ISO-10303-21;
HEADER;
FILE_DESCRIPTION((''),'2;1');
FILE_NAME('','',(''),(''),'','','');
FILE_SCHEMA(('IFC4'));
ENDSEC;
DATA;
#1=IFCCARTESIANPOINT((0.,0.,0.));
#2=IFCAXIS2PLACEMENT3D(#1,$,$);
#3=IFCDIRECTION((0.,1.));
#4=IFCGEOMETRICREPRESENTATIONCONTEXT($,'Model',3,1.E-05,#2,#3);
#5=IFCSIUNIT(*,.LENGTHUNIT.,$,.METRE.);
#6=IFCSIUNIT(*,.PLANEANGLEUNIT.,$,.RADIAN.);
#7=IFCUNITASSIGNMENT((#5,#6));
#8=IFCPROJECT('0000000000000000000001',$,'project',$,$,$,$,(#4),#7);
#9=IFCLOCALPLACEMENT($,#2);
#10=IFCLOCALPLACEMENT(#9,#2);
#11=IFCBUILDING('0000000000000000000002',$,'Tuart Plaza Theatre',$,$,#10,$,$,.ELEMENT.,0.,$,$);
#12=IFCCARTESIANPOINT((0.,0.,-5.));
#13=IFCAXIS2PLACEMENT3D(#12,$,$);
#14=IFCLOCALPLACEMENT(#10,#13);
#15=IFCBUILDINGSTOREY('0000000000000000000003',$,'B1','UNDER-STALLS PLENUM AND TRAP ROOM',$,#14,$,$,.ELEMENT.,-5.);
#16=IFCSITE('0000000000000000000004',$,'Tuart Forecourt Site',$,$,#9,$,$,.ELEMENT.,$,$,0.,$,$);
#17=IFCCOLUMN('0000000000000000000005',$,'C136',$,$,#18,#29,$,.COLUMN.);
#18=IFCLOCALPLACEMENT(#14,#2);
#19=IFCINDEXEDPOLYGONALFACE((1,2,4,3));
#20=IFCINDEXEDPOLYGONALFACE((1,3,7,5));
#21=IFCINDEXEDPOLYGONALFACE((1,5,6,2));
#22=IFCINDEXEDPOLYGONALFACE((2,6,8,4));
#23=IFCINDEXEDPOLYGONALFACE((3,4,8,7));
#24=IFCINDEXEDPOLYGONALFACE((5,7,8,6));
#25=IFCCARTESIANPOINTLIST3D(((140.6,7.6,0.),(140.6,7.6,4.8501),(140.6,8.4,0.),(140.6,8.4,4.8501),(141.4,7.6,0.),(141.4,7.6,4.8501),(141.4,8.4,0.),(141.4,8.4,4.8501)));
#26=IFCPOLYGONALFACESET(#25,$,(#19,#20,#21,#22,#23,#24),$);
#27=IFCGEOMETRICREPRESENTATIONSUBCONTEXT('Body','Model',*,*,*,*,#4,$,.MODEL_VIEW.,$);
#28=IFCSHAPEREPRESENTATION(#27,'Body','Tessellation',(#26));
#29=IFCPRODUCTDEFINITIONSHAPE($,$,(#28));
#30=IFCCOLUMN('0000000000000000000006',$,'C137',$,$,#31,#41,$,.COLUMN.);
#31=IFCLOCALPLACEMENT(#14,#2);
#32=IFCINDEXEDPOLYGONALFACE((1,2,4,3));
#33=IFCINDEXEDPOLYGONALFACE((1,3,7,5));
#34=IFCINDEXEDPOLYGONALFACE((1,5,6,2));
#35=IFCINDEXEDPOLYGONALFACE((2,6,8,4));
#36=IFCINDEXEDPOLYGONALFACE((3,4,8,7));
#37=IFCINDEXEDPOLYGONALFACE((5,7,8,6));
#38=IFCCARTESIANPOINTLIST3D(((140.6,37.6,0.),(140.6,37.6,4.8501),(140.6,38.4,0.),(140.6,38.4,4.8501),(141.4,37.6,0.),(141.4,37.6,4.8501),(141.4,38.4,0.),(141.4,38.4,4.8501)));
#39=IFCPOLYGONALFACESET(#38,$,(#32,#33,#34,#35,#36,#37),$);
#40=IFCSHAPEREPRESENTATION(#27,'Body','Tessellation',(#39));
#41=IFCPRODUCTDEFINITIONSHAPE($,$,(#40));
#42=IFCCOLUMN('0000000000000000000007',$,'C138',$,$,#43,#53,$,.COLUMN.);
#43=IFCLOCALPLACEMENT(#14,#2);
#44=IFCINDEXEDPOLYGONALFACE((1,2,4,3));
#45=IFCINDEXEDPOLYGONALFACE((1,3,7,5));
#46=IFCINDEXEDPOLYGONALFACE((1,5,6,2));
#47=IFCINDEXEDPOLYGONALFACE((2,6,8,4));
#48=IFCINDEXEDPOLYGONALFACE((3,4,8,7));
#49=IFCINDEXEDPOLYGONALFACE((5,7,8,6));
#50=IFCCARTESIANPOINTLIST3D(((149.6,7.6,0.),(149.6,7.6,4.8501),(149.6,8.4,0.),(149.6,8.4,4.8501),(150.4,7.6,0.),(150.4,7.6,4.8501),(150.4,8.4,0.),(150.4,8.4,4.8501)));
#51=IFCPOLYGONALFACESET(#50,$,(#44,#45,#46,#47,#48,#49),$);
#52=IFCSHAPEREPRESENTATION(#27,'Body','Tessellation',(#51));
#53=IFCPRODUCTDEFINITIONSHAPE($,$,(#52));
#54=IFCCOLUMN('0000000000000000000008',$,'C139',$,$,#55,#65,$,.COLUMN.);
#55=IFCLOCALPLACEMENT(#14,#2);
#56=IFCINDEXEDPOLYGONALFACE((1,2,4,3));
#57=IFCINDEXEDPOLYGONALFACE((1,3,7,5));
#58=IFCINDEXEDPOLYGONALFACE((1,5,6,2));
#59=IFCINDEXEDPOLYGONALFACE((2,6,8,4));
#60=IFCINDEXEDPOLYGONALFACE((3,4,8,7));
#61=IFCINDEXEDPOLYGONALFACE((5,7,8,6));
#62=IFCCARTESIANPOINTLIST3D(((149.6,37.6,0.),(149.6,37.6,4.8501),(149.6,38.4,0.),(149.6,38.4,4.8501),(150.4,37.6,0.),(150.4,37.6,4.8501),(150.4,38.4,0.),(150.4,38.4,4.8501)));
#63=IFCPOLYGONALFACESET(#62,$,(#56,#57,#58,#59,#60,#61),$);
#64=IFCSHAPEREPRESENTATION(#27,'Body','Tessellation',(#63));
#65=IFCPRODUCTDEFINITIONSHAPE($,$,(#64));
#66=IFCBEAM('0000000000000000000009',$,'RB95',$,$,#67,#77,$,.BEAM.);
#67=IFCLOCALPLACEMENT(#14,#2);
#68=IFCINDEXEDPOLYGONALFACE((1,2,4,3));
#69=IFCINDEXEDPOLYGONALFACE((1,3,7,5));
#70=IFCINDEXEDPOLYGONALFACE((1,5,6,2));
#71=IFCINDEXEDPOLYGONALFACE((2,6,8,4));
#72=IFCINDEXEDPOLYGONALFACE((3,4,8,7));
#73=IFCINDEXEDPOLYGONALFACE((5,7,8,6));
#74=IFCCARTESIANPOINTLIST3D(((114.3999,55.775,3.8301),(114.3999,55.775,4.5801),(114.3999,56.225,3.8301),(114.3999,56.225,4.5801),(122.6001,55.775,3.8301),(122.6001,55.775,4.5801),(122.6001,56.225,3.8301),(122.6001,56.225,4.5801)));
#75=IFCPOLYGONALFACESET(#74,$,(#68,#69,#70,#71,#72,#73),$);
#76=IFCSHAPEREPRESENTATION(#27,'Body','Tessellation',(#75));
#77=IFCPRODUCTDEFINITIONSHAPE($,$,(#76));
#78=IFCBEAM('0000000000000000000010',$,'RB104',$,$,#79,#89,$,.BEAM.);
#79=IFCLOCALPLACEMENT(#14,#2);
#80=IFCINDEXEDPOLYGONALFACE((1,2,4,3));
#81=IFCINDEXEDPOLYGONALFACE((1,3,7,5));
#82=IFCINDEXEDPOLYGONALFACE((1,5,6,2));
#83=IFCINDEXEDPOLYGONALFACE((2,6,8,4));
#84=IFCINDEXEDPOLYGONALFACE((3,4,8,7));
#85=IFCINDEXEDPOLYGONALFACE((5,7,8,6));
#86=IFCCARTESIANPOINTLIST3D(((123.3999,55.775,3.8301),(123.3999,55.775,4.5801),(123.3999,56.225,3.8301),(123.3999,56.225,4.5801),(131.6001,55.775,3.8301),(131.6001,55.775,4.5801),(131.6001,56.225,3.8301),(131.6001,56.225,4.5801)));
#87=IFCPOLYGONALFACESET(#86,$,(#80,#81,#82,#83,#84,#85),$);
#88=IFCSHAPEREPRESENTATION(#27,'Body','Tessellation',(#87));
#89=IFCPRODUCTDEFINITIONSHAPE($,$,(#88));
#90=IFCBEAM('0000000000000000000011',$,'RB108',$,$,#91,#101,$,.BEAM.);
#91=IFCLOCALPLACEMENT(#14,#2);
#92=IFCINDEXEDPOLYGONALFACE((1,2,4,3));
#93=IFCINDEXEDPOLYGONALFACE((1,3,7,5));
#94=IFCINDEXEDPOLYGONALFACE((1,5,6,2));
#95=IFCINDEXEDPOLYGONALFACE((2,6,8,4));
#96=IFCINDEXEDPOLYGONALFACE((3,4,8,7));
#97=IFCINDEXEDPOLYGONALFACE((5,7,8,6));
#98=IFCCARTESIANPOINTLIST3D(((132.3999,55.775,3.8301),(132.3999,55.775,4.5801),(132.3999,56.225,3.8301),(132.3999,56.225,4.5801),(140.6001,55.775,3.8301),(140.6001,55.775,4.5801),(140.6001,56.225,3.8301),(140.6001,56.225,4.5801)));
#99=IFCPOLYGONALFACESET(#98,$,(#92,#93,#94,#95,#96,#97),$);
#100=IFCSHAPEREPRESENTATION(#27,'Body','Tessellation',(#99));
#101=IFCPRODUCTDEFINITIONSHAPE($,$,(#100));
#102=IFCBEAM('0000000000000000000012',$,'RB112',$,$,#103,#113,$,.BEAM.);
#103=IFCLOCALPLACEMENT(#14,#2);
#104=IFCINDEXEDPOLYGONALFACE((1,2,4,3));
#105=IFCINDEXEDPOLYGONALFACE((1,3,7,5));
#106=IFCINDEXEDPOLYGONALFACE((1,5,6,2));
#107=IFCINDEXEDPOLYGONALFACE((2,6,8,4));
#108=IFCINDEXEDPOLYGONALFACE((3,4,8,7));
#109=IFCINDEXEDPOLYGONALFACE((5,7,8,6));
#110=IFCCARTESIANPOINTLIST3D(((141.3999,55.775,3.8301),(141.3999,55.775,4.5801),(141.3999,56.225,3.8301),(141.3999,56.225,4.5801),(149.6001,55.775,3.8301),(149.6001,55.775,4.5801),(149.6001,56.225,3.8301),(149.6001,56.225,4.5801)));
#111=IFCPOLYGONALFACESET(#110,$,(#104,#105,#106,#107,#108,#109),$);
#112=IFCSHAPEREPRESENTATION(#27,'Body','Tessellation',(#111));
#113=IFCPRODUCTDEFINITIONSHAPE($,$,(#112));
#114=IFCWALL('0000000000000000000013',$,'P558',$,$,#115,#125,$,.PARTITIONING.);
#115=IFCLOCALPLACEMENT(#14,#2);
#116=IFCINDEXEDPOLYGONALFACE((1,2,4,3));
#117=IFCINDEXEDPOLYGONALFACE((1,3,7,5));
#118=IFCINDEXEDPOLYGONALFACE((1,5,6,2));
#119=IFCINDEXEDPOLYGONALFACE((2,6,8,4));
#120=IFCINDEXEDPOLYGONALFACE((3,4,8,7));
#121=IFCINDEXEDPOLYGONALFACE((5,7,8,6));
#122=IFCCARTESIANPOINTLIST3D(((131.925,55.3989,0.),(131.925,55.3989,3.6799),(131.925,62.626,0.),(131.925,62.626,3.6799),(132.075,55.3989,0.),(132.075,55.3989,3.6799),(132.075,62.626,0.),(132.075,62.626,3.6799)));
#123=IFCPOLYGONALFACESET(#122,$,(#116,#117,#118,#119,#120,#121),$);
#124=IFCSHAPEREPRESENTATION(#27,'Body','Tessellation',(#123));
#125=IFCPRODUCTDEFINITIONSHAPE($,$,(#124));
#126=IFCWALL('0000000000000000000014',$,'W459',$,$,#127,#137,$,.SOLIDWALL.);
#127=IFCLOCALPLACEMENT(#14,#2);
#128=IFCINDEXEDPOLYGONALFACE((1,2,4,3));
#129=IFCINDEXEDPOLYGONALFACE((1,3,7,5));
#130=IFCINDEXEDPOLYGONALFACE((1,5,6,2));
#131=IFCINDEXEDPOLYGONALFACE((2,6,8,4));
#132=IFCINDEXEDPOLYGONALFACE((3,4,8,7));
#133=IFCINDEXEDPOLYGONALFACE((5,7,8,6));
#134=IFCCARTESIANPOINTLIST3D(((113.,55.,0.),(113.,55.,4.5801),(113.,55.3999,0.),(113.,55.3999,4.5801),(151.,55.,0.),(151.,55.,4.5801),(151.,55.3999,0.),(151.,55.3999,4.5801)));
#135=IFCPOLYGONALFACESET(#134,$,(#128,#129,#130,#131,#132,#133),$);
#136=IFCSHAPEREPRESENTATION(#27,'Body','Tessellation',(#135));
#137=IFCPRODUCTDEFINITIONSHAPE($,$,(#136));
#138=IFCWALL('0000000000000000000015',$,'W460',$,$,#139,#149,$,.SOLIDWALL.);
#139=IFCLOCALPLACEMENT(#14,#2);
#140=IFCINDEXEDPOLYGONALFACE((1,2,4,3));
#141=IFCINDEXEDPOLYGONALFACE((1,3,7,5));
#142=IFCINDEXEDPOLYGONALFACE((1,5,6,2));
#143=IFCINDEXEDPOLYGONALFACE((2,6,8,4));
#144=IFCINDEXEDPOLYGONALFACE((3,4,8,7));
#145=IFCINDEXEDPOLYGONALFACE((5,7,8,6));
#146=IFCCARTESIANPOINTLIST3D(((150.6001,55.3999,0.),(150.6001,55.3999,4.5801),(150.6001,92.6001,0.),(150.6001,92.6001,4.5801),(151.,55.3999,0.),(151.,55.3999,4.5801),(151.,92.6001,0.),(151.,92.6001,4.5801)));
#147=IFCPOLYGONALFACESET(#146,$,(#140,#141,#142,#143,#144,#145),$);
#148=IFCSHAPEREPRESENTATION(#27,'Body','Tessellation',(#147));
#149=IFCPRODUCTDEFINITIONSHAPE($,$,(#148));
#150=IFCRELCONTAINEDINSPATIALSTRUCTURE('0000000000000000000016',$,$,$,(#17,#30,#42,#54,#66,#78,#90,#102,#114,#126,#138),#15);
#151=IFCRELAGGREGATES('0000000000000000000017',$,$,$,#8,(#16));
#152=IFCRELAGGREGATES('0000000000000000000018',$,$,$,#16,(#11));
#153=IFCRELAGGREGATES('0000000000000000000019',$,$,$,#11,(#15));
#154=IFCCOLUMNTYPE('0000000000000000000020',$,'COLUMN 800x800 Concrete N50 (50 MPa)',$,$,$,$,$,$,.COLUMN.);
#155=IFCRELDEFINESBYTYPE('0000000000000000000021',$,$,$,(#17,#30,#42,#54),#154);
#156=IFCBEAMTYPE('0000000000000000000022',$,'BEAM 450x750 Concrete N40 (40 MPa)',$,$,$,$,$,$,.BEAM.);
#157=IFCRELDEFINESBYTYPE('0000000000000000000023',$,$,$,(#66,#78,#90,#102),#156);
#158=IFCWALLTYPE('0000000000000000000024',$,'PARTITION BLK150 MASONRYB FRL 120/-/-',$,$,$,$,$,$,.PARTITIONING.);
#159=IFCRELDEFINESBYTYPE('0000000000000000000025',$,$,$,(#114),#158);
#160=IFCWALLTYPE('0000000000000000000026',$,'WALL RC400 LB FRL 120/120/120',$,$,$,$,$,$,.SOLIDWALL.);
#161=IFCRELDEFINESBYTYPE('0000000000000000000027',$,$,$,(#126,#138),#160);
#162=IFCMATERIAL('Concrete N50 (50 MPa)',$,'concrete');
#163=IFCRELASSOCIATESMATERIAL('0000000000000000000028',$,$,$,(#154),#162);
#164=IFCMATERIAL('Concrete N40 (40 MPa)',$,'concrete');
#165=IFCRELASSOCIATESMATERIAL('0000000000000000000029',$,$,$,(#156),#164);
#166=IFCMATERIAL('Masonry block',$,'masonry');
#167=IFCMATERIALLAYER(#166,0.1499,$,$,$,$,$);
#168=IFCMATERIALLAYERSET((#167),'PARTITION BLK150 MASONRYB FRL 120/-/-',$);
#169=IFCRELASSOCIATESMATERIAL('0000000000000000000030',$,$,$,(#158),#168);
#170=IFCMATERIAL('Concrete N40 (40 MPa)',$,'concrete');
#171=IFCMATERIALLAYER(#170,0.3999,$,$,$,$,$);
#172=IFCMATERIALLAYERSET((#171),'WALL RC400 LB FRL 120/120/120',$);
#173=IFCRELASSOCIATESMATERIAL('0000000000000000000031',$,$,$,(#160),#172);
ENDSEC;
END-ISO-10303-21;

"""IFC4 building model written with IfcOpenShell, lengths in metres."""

from ifc_helpers import new_model, si_unit, direction, frame, frame_2d, origin, origin_2d, place, context, subcontext, project, spatial, rectangle, extrude, material, layer, layer_set, material_profile, profile_set, type_object, element, save


model = new_model("IFC4")

# Units and contexts
model_context = context("Model", 3, precision=1e-05, world=origin(), true_north=direction((0.0, 1.0)))
body_context = subcontext(model_context, "Body", "Model", "MODEL_VIEW")
ifc_project = project(units=[si_unit("LENGTHUNIT", "METRE"), si_unit("PLANEANGLEUNIT", "RADIAN")], contexts=[model_context])

# Site, building, storey
site_placement = place(None, origin())
site = spatial("IfcSite", under=ifc_project, at=site_placement, Name="Tuart Forecourt Site", CompositionType="ELEMENT", RefElevation=0.0)
building_placement = place(site_placement, origin())
building = spatial("IfcBuilding", under=site, at=building_placement, Name="Tuart Plaza Theatre", CompositionType="ELEMENT", ElevationOfRefHeight=0.0)
storey_placement = place(building_placement, frame((0.0, 0.0, -5.0)))
storey = spatial("IfcBuildingStorey", under=building, at=storey_placement, Name="B1", Description="UNDER-STALLS PLENUM AND TRAP ROOM", CompositionType="ELEMENT", Elevation=-5.0)

# Columns
ifc_material_1 = material(Name="Concrete N50 (50 MPa)", Category="concrete")
ifc_material_profile_1 = material_profile(ifc_material_1, rectangle(XDim=0.8, YDim=0.8, at=origin_2d()), Name="COLUMN 800x800 Concrete N50 (50 MPa)")
ifc_profile_set_1 = profile_set([ifc_material_profile_1], Name="Concrete N50 (50 MPa)")
column_type = type_object("IfcColumnType", Name="COLUMN 800x800 Concrete N50 (50 MPa)", PredefinedType="COLUMN", material=ifc_profile_set_1)
for number, where, z_axis, x_axis, name in (
    (1, (141.0, 8.0, 0.0), (0.0, 0.0, 1.0), (1.0, 0.0, 0.0), "C136"),
    (2, (141.0, 38.0, 0.0), (0.0, 0.0, 1.0), (1.0, 0.0, 0.0), "C137"),
    (3, (150.0, 8.0, 0.0), (0.0, 0.0, 1.0), (1.0, 0.0, 0.0), "C138"),
    (4, (150.0, 38.0, 0.0), (0.0, 0.0, 1.0), (1.0, 0.0, 0.0), "C139"),
):
    element("IfcColumn", number, at=place(storey_placement, frame(where, z_axis=z_axis, x_axis=x_axis)), inside=storey, type_object=column_type, Name=name, PredefinedType="COLUMN", context=body_context, shape_type="SweptSolid", body=[
        extrude(rectangle(XDim=0.8, YDim=0.8, at=origin_2d()), origin(), (0.0, 0.0, 1.0), 4.8501),
    ])

# Beams
ifc_material_2 = material(Name="Concrete N40 (40 MPa)", Category="concrete")
ifc_material_profile_2 = material_profile(ifc_material_2, rectangle(XDim=0.45, YDim=0.75, at=origin_2d()), Name="BEAM 450x750 Concrete N40 (40 MPa)")
ifc_profile_set_2 = profile_set([ifc_material_profile_2], Name="Concrete N40 (40 MPa)")
beam_type = type_object("IfcBeamType", Name="BEAM 450x750 Concrete N40 (40 MPa)", PredefinedType="BEAM", material=ifc_profile_set_2)
for number, where, z_axis, x_axis, name in (
    (5, (114.3999, 56.0, 4.2051), (1.0, 0.0, 0.0), (0.0, 1.0, 0.0), "RB95"),
    (6, (123.3999, 56.0, 4.2051), (1.0, 0.0, 0.0), (0.0, 1.0, 0.0), "RB104"),
    (7, (132.3999, 56.0, 4.2051), (1.0, 0.0, 0.0), (0.0, 1.0, 0.0), "RB108"),
    (8, (141.3999, 56.0, 4.2051), (1.0, 0.0, 0.0), (0.0, 1.0, 0.0), "RB112"),
):
    element("IfcBeam", number, at=place(storey_placement, frame(where, z_axis=z_axis, x_axis=x_axis)), inside=storey, type_object=beam_type, Name=name, PredefinedType="BEAM", context=body_context, shape_type="SweptSolid", body=[
        extrude(rectangle(XDim=0.45, YDim=0.75, at=origin_2d()), origin(), (0.0, 0.0, 1.0), 8.2002),
    ])

# Walls
ifc_material_3 = material(Name="Masonry block", Category="masonry")
ifc_layer_1 = layer(ifc_material_3, 0.1499)
ifc_layer_set_1 = layer_set([ifc_layer_1], Name="PARTITION BLK150 MASONRYB FRL 120/-/-")
wall_type_1 = type_object("IfcWallType", Name="PARTITION BLK150 MASONRYB FRL 120/-/-", PredefinedType="PARTITIONING", material=ifc_layer_set_1)
wall_1_placement = place(storey_placement, frame((132.0, 55.3989, 0.0), z_axis=(0.0, 0.0, 1.0), x_axis=(0.0, 1.0, 0.0)))
element("IfcWall", 9, at=wall_1_placement, inside=storey, type_object=wall_type_1, Name="P558", PredefinedType="PARTITIONING", context=body_context, shape_type="SweptSolid", body=[
    extrude(rectangle(XDim=7.2271, YDim=0.1499, at=frame_2d((3.6135, 0.0))), origin(), (0.0, 0.0, 1.0), 3.6799),
])
ifc_material_4 = material(Name="Concrete N40 (40 MPa)", Category="concrete")
ifc_layer_2 = layer(ifc_material_4, 0.3999)
ifc_layer_set_2 = layer_set([ifc_layer_2], Name="WALL RC400 LB FRL 120/120/120")
wall_type_2 = type_object("IfcWallType", Name="WALL RC400 LB FRL 120/120/120", PredefinedType="SOLIDWALL", material=ifc_layer_set_2)
wall_2_placement = place(storey_placement, frame((113.0, 55.2, 0.0), z_axis=(0.0, 0.0, 1.0), x_axis=(1.0, 0.0, 0.0)))
element("IfcWall", 10, at=wall_2_placement, inside=storey, type_object=wall_type_2, Name="W459", PredefinedType="SOLIDWALL", context=body_context, shape_type="SweptSolid", body=[
    extrude(rectangle(XDim=38.0, YDim=0.3999, at=frame_2d((19.0, 0.0))), origin(), (0.0, 0.0, 1.0), 4.5801),
])
wall_3_placement = place(storey_placement, frame((150.8, 55.3999, 0.0), z_axis=(0.0, 0.0, 1.0), x_axis=(0.0, 1.0, 0.0)))
element("IfcWall", 11, at=wall_3_placement, inside=storey, type_object=wall_type_2, Name="W460", PredefinedType="SOLIDWALL", context=body_context, shape_type="SweptSolid", body=[
    extrude(rectangle(XDim=37.2002, YDim=0.3999, at=frame_2d((18.6001, 0.0))), origin(), (0.0, 0.0, 1.0), 4.5801),
])

save(model, "model.ifc")
